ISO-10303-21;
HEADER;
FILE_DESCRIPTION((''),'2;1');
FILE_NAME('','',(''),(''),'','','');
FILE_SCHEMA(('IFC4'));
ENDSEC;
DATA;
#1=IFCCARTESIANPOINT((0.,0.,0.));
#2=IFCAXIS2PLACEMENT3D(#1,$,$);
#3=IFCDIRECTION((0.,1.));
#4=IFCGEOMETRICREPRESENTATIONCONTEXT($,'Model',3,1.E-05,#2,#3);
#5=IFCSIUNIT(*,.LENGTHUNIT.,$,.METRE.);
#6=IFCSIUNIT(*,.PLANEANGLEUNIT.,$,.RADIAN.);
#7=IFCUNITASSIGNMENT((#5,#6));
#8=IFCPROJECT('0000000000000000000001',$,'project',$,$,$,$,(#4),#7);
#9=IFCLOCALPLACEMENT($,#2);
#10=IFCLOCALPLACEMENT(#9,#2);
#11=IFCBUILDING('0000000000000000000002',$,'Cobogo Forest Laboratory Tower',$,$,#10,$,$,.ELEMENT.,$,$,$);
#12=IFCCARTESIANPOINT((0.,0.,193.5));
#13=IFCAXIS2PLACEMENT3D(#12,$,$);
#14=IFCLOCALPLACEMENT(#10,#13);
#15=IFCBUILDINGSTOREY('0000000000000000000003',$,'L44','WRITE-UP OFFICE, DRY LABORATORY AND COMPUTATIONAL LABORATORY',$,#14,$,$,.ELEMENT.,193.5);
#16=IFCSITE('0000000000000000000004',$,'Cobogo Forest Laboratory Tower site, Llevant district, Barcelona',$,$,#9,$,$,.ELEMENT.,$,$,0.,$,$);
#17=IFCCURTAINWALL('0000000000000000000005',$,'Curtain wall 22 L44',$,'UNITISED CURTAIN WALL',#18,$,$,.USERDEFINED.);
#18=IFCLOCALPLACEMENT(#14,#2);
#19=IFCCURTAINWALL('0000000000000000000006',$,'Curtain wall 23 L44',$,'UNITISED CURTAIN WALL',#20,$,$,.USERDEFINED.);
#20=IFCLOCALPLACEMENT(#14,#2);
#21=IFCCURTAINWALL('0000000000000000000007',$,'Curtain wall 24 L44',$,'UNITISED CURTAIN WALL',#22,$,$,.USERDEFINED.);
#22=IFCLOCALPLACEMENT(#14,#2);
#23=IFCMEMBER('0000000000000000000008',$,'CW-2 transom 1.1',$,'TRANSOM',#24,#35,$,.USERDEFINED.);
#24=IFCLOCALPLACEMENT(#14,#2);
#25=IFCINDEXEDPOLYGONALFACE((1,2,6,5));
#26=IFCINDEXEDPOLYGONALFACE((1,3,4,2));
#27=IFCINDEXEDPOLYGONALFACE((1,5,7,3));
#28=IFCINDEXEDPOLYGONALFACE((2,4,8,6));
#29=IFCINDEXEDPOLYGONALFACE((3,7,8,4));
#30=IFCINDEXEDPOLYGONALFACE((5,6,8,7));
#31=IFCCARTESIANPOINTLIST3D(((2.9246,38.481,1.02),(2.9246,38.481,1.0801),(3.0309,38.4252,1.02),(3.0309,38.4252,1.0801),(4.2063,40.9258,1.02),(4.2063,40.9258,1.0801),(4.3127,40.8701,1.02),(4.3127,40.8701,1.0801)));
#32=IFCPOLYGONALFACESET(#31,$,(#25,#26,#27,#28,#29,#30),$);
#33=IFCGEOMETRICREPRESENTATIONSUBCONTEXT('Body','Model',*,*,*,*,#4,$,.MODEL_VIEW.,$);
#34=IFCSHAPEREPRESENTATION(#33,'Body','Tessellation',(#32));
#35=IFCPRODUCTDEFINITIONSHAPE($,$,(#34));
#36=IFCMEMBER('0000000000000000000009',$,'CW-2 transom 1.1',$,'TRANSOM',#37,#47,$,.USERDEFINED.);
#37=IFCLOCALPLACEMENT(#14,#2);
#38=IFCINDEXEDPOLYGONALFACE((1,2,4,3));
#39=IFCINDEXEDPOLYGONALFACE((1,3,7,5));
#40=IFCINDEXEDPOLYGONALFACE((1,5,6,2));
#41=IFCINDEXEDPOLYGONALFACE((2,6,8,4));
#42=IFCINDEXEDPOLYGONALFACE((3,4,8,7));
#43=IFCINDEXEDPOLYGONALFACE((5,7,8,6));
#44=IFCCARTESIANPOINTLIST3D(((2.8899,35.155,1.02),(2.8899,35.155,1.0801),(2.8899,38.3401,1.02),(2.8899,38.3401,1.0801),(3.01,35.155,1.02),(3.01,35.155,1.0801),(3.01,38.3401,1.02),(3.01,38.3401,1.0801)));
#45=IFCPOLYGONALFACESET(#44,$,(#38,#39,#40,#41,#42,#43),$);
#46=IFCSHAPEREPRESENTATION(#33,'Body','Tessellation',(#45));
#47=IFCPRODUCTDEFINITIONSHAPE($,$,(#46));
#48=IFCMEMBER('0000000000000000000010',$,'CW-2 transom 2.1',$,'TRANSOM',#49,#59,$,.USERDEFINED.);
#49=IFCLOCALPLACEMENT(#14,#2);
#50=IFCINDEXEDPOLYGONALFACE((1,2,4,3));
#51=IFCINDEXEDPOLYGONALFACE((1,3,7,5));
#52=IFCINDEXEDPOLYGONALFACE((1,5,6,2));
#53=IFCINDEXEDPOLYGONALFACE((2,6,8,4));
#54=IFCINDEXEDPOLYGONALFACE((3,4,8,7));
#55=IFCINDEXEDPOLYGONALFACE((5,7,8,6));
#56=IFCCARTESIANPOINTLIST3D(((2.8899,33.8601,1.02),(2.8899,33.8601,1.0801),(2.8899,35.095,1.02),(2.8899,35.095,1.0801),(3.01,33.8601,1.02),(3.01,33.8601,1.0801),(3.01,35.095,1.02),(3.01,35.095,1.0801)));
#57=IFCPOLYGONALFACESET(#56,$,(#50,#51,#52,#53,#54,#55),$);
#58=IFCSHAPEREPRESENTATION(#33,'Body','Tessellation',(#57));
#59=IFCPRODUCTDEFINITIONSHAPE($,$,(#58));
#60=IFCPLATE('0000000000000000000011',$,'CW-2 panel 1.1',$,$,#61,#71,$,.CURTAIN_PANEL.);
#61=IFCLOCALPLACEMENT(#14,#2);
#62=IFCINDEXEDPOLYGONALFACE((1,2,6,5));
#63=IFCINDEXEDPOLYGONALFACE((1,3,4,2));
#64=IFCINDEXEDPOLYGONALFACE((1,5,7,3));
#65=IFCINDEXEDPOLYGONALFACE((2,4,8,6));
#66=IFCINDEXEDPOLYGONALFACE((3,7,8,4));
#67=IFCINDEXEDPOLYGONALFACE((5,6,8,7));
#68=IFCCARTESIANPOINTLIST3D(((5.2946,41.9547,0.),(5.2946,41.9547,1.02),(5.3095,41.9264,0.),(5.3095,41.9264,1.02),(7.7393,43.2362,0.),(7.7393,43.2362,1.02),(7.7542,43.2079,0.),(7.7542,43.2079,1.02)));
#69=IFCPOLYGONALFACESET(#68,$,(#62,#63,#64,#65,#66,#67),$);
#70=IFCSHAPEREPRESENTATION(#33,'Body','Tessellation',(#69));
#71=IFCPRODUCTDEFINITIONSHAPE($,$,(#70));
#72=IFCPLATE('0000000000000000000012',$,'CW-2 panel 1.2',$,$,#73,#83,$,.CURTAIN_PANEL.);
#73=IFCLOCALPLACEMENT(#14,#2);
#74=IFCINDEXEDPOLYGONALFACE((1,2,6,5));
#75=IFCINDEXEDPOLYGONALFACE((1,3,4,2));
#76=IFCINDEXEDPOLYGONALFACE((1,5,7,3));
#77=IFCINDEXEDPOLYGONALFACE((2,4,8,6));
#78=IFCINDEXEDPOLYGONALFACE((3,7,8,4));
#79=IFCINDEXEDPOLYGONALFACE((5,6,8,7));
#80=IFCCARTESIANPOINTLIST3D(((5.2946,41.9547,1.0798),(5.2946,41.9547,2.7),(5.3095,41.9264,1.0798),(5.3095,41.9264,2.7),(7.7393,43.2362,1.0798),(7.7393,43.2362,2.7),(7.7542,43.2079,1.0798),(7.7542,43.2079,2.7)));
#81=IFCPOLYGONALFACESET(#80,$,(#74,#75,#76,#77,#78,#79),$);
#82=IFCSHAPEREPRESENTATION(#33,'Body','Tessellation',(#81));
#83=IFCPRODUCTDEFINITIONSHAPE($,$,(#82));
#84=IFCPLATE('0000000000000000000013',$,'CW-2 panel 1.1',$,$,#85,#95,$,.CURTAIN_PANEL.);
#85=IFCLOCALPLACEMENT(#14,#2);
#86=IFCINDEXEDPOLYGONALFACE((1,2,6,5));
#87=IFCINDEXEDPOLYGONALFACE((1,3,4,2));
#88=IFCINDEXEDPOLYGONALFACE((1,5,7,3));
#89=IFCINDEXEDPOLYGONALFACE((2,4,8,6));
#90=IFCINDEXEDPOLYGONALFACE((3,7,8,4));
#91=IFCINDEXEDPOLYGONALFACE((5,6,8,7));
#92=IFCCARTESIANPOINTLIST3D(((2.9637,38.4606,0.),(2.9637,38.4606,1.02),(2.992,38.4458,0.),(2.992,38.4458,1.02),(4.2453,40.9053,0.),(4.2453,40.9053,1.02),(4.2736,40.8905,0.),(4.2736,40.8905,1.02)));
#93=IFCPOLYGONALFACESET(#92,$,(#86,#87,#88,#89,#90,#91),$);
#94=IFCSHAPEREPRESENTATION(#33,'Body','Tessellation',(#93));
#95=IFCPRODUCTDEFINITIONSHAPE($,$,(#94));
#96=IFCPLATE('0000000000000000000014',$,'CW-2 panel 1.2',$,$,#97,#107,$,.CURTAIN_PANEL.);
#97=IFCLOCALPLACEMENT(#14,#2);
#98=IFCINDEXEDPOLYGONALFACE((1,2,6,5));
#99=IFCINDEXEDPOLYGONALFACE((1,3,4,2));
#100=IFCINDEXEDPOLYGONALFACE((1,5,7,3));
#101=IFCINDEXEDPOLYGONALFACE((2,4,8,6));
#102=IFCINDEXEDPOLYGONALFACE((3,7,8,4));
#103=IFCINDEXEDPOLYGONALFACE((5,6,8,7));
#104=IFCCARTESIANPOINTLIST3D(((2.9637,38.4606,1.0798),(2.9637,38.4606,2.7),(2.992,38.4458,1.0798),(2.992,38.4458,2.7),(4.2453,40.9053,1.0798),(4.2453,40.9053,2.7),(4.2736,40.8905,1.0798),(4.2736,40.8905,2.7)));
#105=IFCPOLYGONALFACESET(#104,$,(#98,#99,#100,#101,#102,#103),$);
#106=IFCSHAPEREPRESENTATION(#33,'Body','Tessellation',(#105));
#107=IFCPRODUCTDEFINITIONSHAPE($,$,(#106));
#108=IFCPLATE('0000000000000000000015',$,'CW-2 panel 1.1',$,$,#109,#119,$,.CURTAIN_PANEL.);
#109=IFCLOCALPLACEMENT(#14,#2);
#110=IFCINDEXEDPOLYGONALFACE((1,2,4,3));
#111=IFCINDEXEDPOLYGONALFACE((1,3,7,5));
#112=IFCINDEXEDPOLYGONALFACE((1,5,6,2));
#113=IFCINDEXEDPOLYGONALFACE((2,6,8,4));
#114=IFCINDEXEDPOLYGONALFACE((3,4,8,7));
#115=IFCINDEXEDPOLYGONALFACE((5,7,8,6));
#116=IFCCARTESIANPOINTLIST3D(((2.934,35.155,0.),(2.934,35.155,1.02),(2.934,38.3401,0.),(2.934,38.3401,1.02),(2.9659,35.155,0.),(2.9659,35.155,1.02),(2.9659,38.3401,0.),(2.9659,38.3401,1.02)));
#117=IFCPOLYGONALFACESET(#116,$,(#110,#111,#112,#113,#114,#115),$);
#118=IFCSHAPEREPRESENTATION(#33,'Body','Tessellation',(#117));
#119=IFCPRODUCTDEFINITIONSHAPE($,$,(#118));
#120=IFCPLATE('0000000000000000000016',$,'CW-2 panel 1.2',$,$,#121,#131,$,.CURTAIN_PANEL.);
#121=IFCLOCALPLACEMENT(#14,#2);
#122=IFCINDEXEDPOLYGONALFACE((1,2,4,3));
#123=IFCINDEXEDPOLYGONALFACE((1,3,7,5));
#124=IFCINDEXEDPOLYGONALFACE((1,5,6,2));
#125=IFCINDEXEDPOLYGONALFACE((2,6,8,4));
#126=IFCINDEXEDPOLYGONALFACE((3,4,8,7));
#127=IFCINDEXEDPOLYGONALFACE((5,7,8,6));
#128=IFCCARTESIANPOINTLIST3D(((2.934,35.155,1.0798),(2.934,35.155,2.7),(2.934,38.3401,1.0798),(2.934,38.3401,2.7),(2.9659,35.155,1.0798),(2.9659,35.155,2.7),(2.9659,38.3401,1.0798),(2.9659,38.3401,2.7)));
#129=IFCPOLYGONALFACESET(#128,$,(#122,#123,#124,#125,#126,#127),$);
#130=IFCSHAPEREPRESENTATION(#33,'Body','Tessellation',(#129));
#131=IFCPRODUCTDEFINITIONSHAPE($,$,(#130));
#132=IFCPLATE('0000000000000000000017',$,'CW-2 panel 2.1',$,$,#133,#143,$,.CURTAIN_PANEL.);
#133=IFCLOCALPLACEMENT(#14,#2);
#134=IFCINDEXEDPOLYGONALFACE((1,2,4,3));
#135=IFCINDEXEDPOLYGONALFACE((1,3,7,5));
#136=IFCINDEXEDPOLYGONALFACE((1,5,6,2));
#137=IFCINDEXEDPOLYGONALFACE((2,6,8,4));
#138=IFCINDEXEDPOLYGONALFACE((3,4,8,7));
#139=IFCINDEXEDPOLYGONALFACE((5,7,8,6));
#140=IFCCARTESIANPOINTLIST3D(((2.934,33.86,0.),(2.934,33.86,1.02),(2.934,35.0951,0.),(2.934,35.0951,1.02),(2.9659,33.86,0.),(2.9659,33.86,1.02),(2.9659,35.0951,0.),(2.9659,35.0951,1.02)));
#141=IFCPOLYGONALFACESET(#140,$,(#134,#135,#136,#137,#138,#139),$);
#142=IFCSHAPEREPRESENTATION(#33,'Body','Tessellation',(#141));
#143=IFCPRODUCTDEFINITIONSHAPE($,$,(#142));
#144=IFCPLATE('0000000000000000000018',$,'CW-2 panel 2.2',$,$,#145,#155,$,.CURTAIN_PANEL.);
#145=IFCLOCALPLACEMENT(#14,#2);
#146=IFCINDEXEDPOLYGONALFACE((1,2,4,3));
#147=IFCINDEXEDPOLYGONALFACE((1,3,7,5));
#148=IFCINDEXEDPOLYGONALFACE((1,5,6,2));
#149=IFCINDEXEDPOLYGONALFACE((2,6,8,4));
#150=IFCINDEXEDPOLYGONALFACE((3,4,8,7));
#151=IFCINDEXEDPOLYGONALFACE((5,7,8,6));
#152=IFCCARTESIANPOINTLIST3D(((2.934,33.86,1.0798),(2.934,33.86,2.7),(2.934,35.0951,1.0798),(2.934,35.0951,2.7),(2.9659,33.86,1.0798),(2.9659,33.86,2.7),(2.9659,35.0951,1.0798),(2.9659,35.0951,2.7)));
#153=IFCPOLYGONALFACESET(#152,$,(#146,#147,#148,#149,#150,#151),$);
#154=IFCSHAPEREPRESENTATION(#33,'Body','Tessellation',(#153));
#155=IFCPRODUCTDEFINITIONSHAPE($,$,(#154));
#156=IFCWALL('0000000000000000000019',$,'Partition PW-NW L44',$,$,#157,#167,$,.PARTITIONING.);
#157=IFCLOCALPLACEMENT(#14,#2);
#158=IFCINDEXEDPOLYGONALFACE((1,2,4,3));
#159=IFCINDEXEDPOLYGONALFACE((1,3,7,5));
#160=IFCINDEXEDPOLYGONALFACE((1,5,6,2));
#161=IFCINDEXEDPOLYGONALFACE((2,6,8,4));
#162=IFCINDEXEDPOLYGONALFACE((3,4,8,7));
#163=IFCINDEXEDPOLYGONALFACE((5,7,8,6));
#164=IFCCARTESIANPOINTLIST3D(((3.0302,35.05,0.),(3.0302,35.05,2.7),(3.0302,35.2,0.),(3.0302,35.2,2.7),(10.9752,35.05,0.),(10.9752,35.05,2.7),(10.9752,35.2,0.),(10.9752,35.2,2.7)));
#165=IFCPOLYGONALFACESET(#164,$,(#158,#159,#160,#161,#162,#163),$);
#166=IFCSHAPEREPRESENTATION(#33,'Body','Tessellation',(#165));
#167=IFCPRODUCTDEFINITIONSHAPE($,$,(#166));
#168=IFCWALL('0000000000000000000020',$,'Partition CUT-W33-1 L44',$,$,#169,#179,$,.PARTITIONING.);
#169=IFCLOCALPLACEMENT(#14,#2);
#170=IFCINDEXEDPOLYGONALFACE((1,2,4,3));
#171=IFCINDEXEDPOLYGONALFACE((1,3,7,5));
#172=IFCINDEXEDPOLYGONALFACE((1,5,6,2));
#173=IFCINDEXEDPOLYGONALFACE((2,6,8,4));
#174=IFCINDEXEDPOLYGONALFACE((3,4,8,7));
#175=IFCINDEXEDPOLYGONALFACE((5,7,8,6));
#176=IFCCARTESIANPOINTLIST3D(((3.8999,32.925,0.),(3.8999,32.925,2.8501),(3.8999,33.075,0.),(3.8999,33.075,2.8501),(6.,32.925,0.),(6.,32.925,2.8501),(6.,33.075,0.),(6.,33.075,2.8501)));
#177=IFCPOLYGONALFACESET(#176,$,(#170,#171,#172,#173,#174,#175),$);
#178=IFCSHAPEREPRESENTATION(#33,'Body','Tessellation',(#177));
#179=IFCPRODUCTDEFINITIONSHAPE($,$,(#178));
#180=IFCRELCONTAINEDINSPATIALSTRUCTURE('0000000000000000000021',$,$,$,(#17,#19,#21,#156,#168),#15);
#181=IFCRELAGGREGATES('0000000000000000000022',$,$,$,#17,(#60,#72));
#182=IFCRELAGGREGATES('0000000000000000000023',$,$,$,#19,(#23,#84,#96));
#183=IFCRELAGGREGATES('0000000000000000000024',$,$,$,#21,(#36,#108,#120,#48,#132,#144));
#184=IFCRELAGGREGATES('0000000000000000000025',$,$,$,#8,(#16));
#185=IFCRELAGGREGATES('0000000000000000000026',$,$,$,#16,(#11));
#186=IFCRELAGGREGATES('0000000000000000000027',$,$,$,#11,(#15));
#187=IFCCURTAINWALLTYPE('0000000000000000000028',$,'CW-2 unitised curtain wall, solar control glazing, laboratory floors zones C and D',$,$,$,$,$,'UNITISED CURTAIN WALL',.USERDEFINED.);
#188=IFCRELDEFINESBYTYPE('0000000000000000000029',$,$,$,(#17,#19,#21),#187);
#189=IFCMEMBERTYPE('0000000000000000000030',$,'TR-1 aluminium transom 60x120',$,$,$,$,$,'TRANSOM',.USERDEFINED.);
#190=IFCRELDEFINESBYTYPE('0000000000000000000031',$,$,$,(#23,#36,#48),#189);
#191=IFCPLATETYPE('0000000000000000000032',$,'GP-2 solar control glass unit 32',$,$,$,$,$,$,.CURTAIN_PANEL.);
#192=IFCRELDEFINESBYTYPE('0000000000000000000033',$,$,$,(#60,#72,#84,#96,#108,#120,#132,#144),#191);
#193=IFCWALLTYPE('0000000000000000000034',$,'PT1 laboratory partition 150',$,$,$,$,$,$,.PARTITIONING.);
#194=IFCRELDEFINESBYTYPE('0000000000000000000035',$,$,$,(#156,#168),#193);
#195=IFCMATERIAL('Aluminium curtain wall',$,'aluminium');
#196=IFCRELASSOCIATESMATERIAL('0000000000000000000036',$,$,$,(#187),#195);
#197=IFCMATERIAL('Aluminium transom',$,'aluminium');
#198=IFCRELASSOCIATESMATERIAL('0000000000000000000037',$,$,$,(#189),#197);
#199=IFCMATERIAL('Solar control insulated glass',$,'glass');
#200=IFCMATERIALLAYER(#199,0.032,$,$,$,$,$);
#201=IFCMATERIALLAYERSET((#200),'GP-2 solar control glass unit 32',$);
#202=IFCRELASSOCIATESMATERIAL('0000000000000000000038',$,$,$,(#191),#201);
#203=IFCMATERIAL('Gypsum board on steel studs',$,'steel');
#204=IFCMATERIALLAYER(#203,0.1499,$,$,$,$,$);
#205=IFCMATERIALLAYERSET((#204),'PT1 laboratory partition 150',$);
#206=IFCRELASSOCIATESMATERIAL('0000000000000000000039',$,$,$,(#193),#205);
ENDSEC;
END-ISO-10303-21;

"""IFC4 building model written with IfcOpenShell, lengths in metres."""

from ifc_helpers import new_model, si_unit, direction, frame, frame_2d, origin, origin_2d, place, context, subcontext, project, spatial, rectangle, extrude, material, layer, layer_set, material_profile, profile_set, type_object, element, aggregate, save


model = new_model("IFC4")

# Units and contexts
model_context = context("Model", 3, precision=1e-05, world=origin(), true_north=direction((0.0, 1.0)))
body_context = subcontext(model_context, "Body", "Model", "MODEL_VIEW")
ifc_project = project(units=[si_unit("LENGTHUNIT", "METRE"), si_unit("PLANEANGLEUNIT", "RADIAN")], contexts=[model_context])

# Site, building, storey
site_placement = place(None, origin())
site = spatial("IfcSite", under=ifc_project, at=site_placement, Name="Cobogo Forest Laboratory Tower site, Llevant district, Barcelona", CompositionType="ELEMENT", RefElevation=0.0)
building_placement = place(site_placement, origin())
building = spatial("IfcBuilding", under=site, at=building_placement, Name="Cobogo Forest Laboratory Tower", CompositionType="ELEMENT")
storey_placement = place(building_placement, frame((0.0, 0.0, 193.5)))
storey = spatial("IfcBuildingStorey", under=building, at=storey_placement, Name="L44", Description="WRITE-UP OFFICE, DRY LABORATORY AND COMPUTATIONAL LABORATORY", CompositionType="ELEMENT", Elevation=193.5)

# Curtain wall
ifc_material_1 = material(Name="Aluminium curtain wall", Category="aluminium")
curtain_wall_type = type_object("IfcCurtainWallType", Name="CW-2 unitised curtain wall, solar control glazing, laboratory floors zones C and D", ElementType="UNITISED CURTAIN WALL", PredefinedType="USERDEFINED", material=ifc_material_1)
curtain_wall_1_placement = place(storey_placement, origin())
curtain_wall_1 = element("IfcCurtainWall", 1, at=curtain_wall_1_placement, inside=storey, type_object=curtain_wall_type, Name="Curtain wall 22 L44", ObjectType="UNITISED CURTAIN WALL", PredefinedType="USERDEFINED")

# Curtain walls
curtain_wall_2_placement = place(storey_placement, origin())
curtain_wall_2 = element("IfcCurtainWall", 2, at=curtain_wall_2_placement, inside=storey, type_object=curtain_wall_type, Name="Curtain wall 23 L44", ObjectType="UNITISED CURTAIN WALL", PredefinedType="USERDEFINED")
curtain_wall_3_placement = place(storey_placement, origin())
curtain_wall_3 = element("IfcCurtainWall", 3, at=curtain_wall_3_placement, inside=storey, type_object=curtain_wall_type, Name="Curtain wall 24 L44", ObjectType="UNITISED CURTAIN WALL", PredefinedType="USERDEFINED")

# Members
ifc_material_2 = material(Name="Aluminium transom", Category="aluminium")
ifc_material_profile_1 = material_profile(ifc_material_2, rectangle(XDim=0.1201, YDim=0.0601, at=origin_2d()), Name="AL 60x120")
ifc_profile_set_1 = profile_set([ifc_material_profile_1], Name="Aluminium transom")
member_type_1 = type_object("IfcMemberType", Name="TR-1 aluminium transom 60x120", ElementType="TRANSOM", PredefinedType="USERDEFINED", material=ifc_profile_set_1)
member_1_placement = place(storey_placement, frame((4.2595, 40.8979, 1.05), z_axis=(-0.464324, -0.885665, 0.0), x_axis=(0.885665, -0.464324, 0.0)))
member_1 = element("IfcMember", 4, at=member_1_placement, type_object=member_type_1, Name="CW-2 transom 1.1", ObjectType="TRANSOM", PredefinedType="USERDEFINED", context=body_context, shape_type="SweptSolid", body=[
    extrude(rectangle(XDim=0.1201, YDim=0.0601, at=origin_2d()), origin(), (0.0, 0.0, 1.0), 2.7605),
])
member_2_placement = place(storey_placement, frame((2.95, 38.3401, 1.05), z_axis=(0.0, -1.0, 0.0), x_axis=(1.0, 0.0, 0.0)))
member_2 = element("IfcMember", 5, at=member_2_placement, type_object=member_type_1, Name="CW-2 transom 1.1", ObjectType="TRANSOM", PredefinedType="USERDEFINED", context=body_context, shape_type="SweptSolid", body=[
    extrude(rectangle(XDim=0.1201, YDim=0.0601, at=origin_2d()), origin(), (0.0, 0.0, 1.0), 3.1851),
])
member_3_placement = place(storey_placement, frame((2.95, 35.095, 1.05), z_axis=(0.0, -1.0, 0.0), x_axis=(1.0, 0.0, 0.0)))
member_3 = element("IfcMember", 6, at=member_3_placement, type_object=member_type_1, Name="CW-2 transom 2.1", ObjectType="TRANSOM", PredefinedType="USERDEFINED", context=body_context, shape_type="SweptSolid", body=[
    extrude(rectangle(XDim=0.1201, YDim=0.0601, at=origin_2d()), origin(), (0.0, 0.0, 1.0), 1.2349),
])

# Plates
ifc_material_3 = material(Name="Solar control insulated glass", Category="glass")
ifc_layer_1 = layer(ifc_material_3, 0.032)
ifc_layer_set_1 = layer_set([ifc_layer_1], Name="GP-2 solar control glass unit 32")
plate_type = type_object("IfcPlateType", Name="GP-2 solar control glass unit 32", PredefinedType="CURTAIN_PANEL", material=ifc_layer_set_1)
plate_1_placement = place(storey_placement, frame((6.5244, 42.5813, 0.0), z_axis=(0.0, 0.0, 1.0), x_axis=(-0.885686, -0.464284, 0.0)))
plate_1 = element("IfcPlate", 7, at=plate_1_placement, type_object=plate_type, Name="CW-2 panel 1.1", PredefinedType="CURTAIN_PANEL", context=body_context, shape_type="SweptSolid", body=[
    extrude(rectangle(XDim=2.7603, YDim=0.032, at=origin_2d()), origin(), (0.0, 0.0, 1.0), 1.02),
])
plate_2_placement = place(storey_placement, frame((6.5244, 42.5813, 1.0798), z_axis=(0.0, 0.0, 1.0), x_axis=(-0.885686, -0.464284, 0.0)))
plate_2 = element("IfcPlate", 8, at=plate_2_placement, type_object=plate_type, Name="CW-2 panel 1.2", PredefinedType="CURTAIN_PANEL", context=body_context, shape_type="SweptSolid", body=[
    extrude(rectangle(XDim=2.7603, YDim=0.032, at=origin_2d()), origin(), (0.0, 0.0, 1.0), 1.6201),
])
aggregate(curtain_wall_1, [plate_1, plate_2])
plate_3_placement = place(storey_placement, frame((3.6187, 39.6755, 0.0), z_axis=(0.0, 0.0, 1.0), x_axis=(-0.464284, -0.885686, 0.0)))
plate_3 = element("IfcPlate", 9, at=plate_3_placement, type_object=plate_type, Name="CW-2 panel 1.1", PredefinedType="CURTAIN_PANEL", context=body_context, shape_type="SweptSolid", body=[
    extrude(rectangle(XDim=2.7603, YDim=0.032, at=origin_2d()), origin(), (0.0, 0.0, 1.0), 1.02),
])
plate_4_placement = place(storey_placement, frame((3.6187, 39.6755, 1.0798), z_axis=(0.0, 0.0, 1.0), x_axis=(-0.464284, -0.885686, 0.0)))
plate_4 = element("IfcPlate", 10, at=plate_4_placement, type_object=plate_type, Name="CW-2 panel 1.2", PredefinedType="CURTAIN_PANEL", context=body_context, shape_type="SweptSolid", body=[
    extrude(rectangle(XDim=2.7603, YDim=0.032, at=origin_2d()), origin(), (0.0, 0.0, 1.0), 1.6201),
])
aggregate(curtain_wall_2, [member_1, plate_3, plate_4])
plate_5_placement = place(storey_placement, frame((2.95, 36.7476, 0.0), z_axis=(0.0, 0.0, 1.0), x_axis=(0.0, -1.0, 0.0)))
plate_5 = element("IfcPlate", 11, at=plate_5_placement, type_object=plate_type, Name="CW-2 panel 1.1", PredefinedType="CURTAIN_PANEL", context=body_context, shape_type="SweptSolid", body=[
    extrude(rectangle(XDim=3.1851, YDim=0.032, at=origin_2d()), origin(), (0.0, 0.0, 1.0), 1.02),
])
plate_6_placement = place(storey_placement, frame((2.95, 36.7476, 1.0798), z_axis=(0.0, 0.0, 1.0), x_axis=(0.0, -1.0, 0.0)))
plate_6 = element("IfcPlate", 12, at=plate_6_placement, type_object=plate_type, Name="CW-2 panel 1.2", PredefinedType="CURTAIN_PANEL", context=body_context, shape_type="SweptSolid", body=[
    extrude(rectangle(XDim=3.1851, YDim=0.032, at=origin_2d()), origin(), (0.0, 0.0, 1.0), 1.6201),
])
plate_7_placement = place(storey_placement, frame((2.95, 34.4775, 0.0), z_axis=(0.0, 0.0, 1.0), x_axis=(0.0, -1.0, 0.0)))
plate_7 = element("IfcPlate", 13, at=plate_7_placement, type_object=plate_type, Name="CW-2 panel 2.1", PredefinedType="CURTAIN_PANEL", context=body_context, shape_type="SweptSolid", body=[
    extrude(rectangle(XDim=1.2351, YDim=0.032, at=origin_2d()), origin(), (0.0, 0.0, 1.0), 1.02),
])
plate_8_placement = place(storey_placement, frame((2.95, 34.4775, 1.0798), z_axis=(0.0, 0.0, 1.0), x_axis=(0.0, -1.0, 0.0)))
plate_8 = element("IfcPlate", 14, at=plate_8_placement, type_object=plate_type, Name="CW-2 panel 2.2", PredefinedType="CURTAIN_PANEL", context=body_context, shape_type="SweptSolid", body=[
    extrude(rectangle(XDim=1.2351, YDim=0.032, at=origin_2d()), origin(), (0.0, 0.0, 1.0), 1.6201),
])
aggregate(curtain_wall_3, [member_2, plate_5, plate_6, member_3, plate_7, plate_8])

# Walls
ifc_material_4 = material(Name="Gypsum board on steel studs", Category="steel")
ifc_layer_2 = layer(ifc_material_4, 0.1499)
ifc_layer_set_2 = layer_set([ifc_layer_2], Name="PT1 laboratory partition 150")
wall_type = type_object("IfcWallType", Name="PT1 laboratory partition 150", PredefinedType="PARTITIONING", material=ifc_layer_set_2)
wall_1_placement = place(storey_placement, frame((3.03, 35.125, 0.0), z_axis=(0.0, 0.0, 1.0), x_axis=(1.0, 0.0, 0.0)))
element("IfcWall", 15, at=wall_1_placement, inside=storey, type_object=wall_type, Name="Partition PW-NW L44", PredefinedType="PARTITIONING", context=body_context, shape_type="SweptSolid", body=[
    extrude(rectangle(XDim=7.9451, YDim=0.1499, at=frame_2d((3.9727, 0.0))), origin(), (0.0, 0.0, 1.0), 2.7),
])
wall_2_placement = place(storey_placement, frame((3.8999, 33.0, 0.0), z_axis=(0.0, 0.0, 1.0), x_axis=(1.0, 0.0, 0.0)))
element("IfcWall", 16, at=wall_2_placement, inside=storey, type_object=wall_type, Name="Partition CUT-W33-1 L44", PredefinedType="PARTITIONING", context=body_context, shape_type="SweptSolid", body=[
    extrude(rectangle(XDim=2.1001, YDim=0.1499, at=frame_2d((1.05, 0.0))), origin(), (0.0, 0.0, 1.0), 2.8501),
])

save(model, "model.ifc")
